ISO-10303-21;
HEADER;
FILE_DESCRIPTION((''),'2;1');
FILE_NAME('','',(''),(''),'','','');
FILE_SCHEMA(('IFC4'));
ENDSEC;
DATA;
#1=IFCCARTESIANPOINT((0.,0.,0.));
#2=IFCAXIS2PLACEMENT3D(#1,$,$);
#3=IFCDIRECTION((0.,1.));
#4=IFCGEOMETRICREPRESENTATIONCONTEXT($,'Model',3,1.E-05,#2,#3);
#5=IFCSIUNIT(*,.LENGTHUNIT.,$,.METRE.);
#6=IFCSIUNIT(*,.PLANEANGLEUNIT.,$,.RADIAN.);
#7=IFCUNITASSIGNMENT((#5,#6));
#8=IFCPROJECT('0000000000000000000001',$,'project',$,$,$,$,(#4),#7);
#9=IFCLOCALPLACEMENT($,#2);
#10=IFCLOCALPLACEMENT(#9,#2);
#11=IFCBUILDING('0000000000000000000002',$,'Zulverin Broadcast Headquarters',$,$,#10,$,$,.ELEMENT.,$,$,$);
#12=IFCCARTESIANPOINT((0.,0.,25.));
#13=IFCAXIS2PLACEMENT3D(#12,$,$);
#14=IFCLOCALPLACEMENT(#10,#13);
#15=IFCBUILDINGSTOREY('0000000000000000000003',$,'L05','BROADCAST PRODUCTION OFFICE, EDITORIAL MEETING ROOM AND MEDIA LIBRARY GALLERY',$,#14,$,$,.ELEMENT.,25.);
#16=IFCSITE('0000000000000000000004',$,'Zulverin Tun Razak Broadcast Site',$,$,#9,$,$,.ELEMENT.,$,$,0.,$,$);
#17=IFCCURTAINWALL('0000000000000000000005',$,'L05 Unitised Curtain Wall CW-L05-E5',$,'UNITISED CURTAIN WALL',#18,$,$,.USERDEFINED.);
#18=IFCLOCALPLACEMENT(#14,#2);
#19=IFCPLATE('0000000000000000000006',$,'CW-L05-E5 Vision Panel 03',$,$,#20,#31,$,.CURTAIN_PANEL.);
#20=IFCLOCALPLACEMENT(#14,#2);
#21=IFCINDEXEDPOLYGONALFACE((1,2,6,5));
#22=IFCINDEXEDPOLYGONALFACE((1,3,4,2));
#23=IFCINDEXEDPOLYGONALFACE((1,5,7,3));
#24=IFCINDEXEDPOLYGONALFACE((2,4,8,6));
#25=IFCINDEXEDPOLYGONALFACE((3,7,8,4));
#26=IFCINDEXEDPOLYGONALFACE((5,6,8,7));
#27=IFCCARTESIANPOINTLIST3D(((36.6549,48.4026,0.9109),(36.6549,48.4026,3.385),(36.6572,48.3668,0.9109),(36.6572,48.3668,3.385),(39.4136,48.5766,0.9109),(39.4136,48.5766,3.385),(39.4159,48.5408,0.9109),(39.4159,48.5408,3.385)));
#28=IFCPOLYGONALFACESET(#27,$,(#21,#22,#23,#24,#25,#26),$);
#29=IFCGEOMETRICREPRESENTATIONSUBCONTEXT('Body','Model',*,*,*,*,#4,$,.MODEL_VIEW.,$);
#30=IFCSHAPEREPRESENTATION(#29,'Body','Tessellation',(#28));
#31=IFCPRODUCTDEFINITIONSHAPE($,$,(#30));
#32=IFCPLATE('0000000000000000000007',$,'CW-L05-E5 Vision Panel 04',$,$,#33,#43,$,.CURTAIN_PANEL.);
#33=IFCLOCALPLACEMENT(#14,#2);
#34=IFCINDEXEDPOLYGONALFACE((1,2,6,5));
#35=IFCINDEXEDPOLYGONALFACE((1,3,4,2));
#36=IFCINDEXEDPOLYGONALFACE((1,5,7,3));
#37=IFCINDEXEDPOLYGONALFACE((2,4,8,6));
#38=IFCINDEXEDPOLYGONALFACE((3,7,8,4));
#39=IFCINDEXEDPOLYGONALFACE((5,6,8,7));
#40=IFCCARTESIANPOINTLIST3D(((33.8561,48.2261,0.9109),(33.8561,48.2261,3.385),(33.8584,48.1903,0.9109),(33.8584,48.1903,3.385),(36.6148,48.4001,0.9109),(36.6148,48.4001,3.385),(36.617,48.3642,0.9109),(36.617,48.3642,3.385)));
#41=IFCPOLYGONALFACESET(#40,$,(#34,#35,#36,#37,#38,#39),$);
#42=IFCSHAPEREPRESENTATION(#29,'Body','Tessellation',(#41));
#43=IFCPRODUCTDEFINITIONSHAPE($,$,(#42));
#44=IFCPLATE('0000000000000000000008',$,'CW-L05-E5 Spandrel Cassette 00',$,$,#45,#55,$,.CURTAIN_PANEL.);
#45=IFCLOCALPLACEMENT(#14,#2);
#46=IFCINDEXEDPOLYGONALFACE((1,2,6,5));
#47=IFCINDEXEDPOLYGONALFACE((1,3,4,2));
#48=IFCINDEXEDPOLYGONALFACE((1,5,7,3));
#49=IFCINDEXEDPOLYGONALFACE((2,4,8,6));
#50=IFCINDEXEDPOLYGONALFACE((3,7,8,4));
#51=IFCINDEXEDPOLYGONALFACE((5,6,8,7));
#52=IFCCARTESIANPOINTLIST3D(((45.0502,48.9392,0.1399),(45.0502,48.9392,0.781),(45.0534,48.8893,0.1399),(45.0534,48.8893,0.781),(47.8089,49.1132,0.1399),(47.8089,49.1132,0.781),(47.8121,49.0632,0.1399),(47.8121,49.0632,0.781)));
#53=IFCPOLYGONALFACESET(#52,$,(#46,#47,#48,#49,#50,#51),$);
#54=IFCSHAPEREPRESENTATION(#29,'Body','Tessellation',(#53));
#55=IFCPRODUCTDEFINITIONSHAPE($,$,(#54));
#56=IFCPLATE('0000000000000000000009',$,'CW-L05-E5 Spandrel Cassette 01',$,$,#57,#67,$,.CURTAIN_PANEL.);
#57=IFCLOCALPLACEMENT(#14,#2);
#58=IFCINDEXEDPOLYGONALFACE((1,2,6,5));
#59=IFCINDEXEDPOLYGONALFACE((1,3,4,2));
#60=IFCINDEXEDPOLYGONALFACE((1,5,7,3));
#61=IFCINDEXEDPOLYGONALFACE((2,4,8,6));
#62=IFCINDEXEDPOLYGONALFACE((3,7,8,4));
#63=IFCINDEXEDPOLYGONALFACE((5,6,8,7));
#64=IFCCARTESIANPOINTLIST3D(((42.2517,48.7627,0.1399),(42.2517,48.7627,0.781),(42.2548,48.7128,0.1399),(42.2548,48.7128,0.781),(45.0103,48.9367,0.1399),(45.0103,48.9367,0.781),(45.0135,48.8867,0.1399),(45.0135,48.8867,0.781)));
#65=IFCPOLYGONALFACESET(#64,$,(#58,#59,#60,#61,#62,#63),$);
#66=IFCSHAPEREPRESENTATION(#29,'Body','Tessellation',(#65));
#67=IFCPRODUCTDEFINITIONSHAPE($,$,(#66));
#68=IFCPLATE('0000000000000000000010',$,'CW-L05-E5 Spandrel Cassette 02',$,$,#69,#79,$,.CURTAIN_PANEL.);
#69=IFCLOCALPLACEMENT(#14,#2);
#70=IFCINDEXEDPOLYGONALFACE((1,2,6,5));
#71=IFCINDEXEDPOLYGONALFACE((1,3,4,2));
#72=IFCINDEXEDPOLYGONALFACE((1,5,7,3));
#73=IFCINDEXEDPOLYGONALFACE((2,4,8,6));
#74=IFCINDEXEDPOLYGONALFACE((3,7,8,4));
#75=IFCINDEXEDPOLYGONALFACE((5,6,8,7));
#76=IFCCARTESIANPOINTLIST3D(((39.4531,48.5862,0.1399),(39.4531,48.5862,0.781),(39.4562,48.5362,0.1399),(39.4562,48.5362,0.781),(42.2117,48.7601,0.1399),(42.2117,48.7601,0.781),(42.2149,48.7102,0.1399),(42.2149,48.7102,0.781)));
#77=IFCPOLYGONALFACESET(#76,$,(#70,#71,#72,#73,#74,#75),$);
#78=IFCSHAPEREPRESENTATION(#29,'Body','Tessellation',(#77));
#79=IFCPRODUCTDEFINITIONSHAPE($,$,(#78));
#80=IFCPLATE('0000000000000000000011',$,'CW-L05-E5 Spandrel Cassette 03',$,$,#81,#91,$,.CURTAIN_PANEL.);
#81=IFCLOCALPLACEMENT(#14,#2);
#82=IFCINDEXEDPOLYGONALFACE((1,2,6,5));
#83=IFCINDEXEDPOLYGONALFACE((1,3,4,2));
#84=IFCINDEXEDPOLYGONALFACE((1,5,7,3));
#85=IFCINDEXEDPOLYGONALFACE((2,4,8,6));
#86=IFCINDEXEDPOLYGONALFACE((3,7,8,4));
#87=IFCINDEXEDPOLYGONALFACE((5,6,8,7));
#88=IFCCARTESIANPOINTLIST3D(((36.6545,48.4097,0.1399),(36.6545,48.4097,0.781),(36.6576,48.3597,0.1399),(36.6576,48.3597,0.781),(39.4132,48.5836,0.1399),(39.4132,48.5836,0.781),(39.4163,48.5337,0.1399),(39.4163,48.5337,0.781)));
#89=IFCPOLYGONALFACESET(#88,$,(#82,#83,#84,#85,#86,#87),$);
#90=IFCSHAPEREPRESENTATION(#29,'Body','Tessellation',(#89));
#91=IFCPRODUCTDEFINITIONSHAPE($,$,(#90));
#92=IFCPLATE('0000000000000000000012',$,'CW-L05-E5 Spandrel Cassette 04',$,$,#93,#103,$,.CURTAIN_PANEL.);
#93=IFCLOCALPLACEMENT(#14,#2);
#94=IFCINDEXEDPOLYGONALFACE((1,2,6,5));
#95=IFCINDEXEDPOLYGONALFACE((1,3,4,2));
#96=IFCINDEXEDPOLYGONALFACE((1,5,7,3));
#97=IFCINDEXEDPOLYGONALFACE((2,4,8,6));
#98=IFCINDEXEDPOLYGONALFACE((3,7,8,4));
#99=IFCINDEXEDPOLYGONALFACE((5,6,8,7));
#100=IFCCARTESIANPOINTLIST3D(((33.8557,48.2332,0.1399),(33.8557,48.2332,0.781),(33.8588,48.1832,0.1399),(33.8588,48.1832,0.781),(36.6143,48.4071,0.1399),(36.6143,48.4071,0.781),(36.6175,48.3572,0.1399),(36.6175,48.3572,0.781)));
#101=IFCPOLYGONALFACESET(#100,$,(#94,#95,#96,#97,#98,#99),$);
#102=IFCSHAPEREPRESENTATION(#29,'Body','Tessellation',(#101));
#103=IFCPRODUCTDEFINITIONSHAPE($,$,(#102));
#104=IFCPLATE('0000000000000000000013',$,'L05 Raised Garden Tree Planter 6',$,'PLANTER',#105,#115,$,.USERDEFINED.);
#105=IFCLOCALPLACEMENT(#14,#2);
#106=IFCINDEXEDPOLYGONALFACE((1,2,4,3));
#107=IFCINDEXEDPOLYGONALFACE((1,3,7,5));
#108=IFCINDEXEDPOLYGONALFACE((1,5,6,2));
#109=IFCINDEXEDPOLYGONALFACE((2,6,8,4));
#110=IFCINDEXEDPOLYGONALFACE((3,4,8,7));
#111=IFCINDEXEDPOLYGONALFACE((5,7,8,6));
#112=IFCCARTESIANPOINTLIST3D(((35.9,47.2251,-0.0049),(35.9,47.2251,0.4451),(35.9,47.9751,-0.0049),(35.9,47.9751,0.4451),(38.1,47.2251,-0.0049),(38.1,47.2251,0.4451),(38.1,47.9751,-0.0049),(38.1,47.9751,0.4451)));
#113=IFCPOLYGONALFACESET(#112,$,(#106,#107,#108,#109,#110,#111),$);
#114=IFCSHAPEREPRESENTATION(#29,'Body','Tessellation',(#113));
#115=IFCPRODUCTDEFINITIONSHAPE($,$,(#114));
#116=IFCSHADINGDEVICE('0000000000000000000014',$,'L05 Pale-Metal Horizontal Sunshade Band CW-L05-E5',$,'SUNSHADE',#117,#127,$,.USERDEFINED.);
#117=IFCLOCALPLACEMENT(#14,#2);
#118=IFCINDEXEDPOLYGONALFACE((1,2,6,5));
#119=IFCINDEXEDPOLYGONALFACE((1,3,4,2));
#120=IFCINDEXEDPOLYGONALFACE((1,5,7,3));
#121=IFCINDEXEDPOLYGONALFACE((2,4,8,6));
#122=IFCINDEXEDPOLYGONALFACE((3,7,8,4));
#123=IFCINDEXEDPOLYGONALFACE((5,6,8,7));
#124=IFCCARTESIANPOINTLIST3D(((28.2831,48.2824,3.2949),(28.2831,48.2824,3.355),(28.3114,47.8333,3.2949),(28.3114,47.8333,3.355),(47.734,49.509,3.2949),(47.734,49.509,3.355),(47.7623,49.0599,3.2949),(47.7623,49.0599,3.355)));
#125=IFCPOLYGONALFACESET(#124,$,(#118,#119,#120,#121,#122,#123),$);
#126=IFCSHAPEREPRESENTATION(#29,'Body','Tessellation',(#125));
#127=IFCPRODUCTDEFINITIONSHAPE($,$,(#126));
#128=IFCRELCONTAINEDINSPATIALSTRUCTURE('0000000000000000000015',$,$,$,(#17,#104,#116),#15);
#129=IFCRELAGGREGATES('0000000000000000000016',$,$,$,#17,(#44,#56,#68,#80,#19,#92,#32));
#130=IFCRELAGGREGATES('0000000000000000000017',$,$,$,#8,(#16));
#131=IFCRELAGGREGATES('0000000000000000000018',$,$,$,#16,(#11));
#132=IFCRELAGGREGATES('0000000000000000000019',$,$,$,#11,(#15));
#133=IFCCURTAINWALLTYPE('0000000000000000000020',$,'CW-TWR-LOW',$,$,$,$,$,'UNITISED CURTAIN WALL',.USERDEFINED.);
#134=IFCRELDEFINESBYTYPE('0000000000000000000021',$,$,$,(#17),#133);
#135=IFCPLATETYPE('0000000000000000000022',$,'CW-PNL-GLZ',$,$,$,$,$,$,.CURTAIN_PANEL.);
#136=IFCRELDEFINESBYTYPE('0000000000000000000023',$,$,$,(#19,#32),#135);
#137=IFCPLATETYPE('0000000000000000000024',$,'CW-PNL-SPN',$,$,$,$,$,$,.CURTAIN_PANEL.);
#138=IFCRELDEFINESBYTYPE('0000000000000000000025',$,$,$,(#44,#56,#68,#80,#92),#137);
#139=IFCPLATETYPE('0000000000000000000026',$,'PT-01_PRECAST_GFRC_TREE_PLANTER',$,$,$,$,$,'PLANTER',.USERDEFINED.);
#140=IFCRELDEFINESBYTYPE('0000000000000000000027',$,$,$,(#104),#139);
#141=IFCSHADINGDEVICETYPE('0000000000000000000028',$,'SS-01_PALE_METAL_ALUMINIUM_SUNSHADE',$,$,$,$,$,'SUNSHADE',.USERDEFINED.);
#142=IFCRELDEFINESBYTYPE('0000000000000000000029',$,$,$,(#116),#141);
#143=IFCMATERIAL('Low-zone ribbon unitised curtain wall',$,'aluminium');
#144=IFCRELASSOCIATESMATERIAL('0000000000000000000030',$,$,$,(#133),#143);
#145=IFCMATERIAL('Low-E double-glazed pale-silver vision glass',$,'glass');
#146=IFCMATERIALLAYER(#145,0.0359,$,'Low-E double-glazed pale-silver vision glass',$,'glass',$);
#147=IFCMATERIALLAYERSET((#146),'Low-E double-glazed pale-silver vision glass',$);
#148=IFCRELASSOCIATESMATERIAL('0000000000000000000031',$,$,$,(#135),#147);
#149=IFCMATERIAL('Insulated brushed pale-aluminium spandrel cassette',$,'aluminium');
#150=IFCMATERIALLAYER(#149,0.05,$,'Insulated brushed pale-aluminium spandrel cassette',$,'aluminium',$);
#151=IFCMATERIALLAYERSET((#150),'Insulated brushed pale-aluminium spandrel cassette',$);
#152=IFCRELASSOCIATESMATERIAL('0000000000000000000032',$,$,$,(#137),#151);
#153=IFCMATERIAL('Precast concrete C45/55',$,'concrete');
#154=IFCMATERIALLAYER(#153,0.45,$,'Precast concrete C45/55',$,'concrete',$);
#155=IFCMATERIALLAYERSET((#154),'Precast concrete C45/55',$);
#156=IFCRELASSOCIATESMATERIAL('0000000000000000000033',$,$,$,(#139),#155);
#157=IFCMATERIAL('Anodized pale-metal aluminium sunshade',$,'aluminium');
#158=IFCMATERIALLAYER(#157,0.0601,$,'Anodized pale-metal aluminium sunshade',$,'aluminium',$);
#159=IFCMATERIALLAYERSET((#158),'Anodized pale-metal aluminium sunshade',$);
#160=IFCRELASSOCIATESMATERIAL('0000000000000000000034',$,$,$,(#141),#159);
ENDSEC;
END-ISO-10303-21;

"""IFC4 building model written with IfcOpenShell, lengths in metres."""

from ifc_helpers import new_model, si_unit, direction, frame, origin, origin_2d, place, context, subcontext, project, spatial, rectangle, extrude, material, layer, layer_set, type_object, element, aggregate, save


model = new_model("IFC4")

# Units and contexts
model_context = context("Model", 3, precision=1e-05, world=origin(), true_north=direction((0.0, 1.0)))
body_context = subcontext(model_context, "Body", "Model", "MODEL_VIEW")
ifc_project = project(units=[si_unit("LENGTHUNIT", "METRE"), si_unit("PLANEANGLEUNIT", "RADIAN")], contexts=[model_context])

# Site, building, storey
site_placement = place(None, origin())
site = spatial("IfcSite", under=ifc_project, at=site_placement, Name="Zulverin Tun Razak Broadcast Site", CompositionType="ELEMENT", RefElevation=0.0)
building_placement = place(site_placement, origin())
building = spatial("IfcBuilding", under=site, at=building_placement, Name="Zulverin Broadcast Headquarters", CompositionType="ELEMENT")
storey_placement = place(building_placement, frame((0.0, 0.0, 25.0)))
storey = spatial("IfcBuildingStorey", under=building, at=storey_placement, Name="L05", Description="BROADCAST PRODUCTION OFFICE, EDITORIAL MEETING ROOM AND MEDIA LIBRARY GALLERY", CompositionType="ELEMENT", Elevation=25.0)

# Curtain wall, plates
ifc_material_1 = material(Name="Low-zone ribbon unitised curtain wall", Category="aluminium")
curtain_wall_type = type_object("IfcCurtainWallType", Name="CW-TWR-LOW", ElementType="UNITISED CURTAIN WALL", PredefinedType="USERDEFINED", material=ifc_material_1)
curtain_wall_placement = place(storey_placement, origin())
curtain_wall = element("IfcCurtainWall", 1, at=curtain_wall_placement, inside=storey, type_object=curtain_wall_type, Name="L05 Unitised Curtain Wall CW-L05-E5", ObjectType="UNITISED CURTAIN WALL", PredefinedType="USERDEFINED")
ifc_material_2 = material(Name="Low-E double-glazed pale-silver vision glass", Category="glass")
ifc_layer_1 = layer(ifc_material_2, 0.0359, Name="Low-E double-glazed pale-silver vision glass", Category="glass")
ifc_layer_set_1 = layer_set([ifc_layer_1], Name="Low-E double-glazed pale-silver vision glass")
plate_type_1 = type_object("IfcPlateType", Name="CW-PNL-GLZ", PredefinedType="CURTAIN_PANEL", material=ifc_layer_set_1)
plate_1_placement = place(storey_placement, frame((38.0354, 48.4717, 0.9109), z_axis=(0.0, 0.0, 1.0), x_axis=(-0.998018, -0.062935, 0.0)))
plate_1 = element("IfcPlate", 2, at=plate_1_placement, type_object=plate_type_1, Name="CW-L05-E5 Vision Panel 03", PredefinedType="CURTAIN_PANEL", context=body_context, shape_type="SweptSolid", body=[
    extrude(rectangle(XDim=2.7642, YDim=0.0359, at=origin_2d()), origin(), (0.0, 0.0, 1.0), 2.4741),
])
plate_2_placement = place(storey_placement, frame((35.2366, 48.2952, 0.9109), z_axis=(0.0, 0.0, 1.0), x_axis=(-0.998018, -0.062935, 0.0)))
plate_2 = element("IfcPlate", 3, at=plate_2_placement, type_object=plate_type_1, Name="CW-L05-E5 Vision Panel 04", PredefinedType="CURTAIN_PANEL", context=body_context, shape_type="SweptSolid", body=[
    extrude(rectangle(XDim=2.7642, YDim=0.0359, at=origin_2d()), origin(), (0.0, 0.0, 1.0), 2.4741),
])
ifc_material_3 = material(Name="Insulated brushed pale-aluminium spandrel cassette", Category="aluminium")
ifc_layer_2 = layer(ifc_material_3, 0.05, Name="Insulated brushed pale-aluminium spandrel cassette", Category="aluminium")
ifc_layer_set_2 = layer_set([ifc_layer_2], Name="Insulated brushed pale-aluminium spandrel cassette")
plate_type_2 = type_object("IfcPlateType", Name="CW-PNL-SPN", PredefinedType="CURTAIN_PANEL", material=ifc_layer_set_2)
plate_3_placement = place(storey_placement, frame((46.4312, 49.0012, 0.1399), z_axis=(0.0, 0.0, 1.0), x_axis=(-0.998018, -0.062935, 0.0)))
plate_3 = element("IfcPlate", 4, at=plate_3_placement, type_object=plate_type_2, Name="CW-L05-E5 Spandrel Cassette 00", PredefinedType="CURTAIN_PANEL", context=body_context, shape_type="SweptSolid", body=[
    extrude(rectangle(XDim=2.7642, YDim=0.05, at=origin_2d()), origin(), (0.0, 0.0, 1.0), 0.6411),
])
plate_4_placement = place(storey_placement, frame((43.6326, 48.8247, 0.1399), z_axis=(0.0, 0.0, 1.0), x_axis=(-0.998018, -0.062935, 0.0)))
plate_4 = element("IfcPlate", 5, at=plate_4_placement, type_object=plate_type_2, Name="CW-L05-E5 Spandrel Cassette 01", PredefinedType="CURTAIN_PANEL", context=body_context, shape_type="SweptSolid", body=[
    extrude(rectangle(XDim=2.7642, YDim=0.05, at=origin_2d()), origin(), (0.0, 0.0, 1.0), 0.6411),
])
plate_5_placement = place(storey_placement, frame((40.834, 48.6482, 0.1399), z_axis=(0.0, 0.0, 1.0), x_axis=(-0.998018, -0.062935, 0.0)))
plate_5 = element("IfcPlate", 6, at=plate_5_placement, type_object=plate_type_2, Name="CW-L05-E5 Spandrel Cassette 02", PredefinedType="CURTAIN_PANEL", context=body_context, shape_type="SweptSolid", body=[
    extrude(rectangle(XDim=2.7642, YDim=0.05, at=origin_2d()), origin(), (0.0, 0.0, 1.0), 0.6411),
])
plate_6_placement = place(storey_placement, frame((38.0354, 48.4717, 0.1399), z_axis=(0.0, 0.0, 1.0), x_axis=(-0.998018, -0.062935, 0.0)))
plate_6 = element("IfcPlate", 7, at=plate_6_placement, type_object=plate_type_2, Name="CW-L05-E5 Spandrel Cassette 03", PredefinedType="CURTAIN_PANEL", context=body_context, shape_type="SweptSolid", body=[
    extrude(rectangle(XDim=2.7642, YDim=0.05, at=origin_2d()), origin(), (0.0, 0.0, 1.0), 0.6411),
])
plate_7_placement = place(storey_placement, frame((35.2366, 48.2952, 0.1399), z_axis=(0.0, 0.0, 1.0), x_axis=(-0.998018, -0.062935, 0.0)))
plate_7 = element("IfcPlate", 8, at=plate_7_placement, type_object=plate_type_2, Name="CW-L05-E5 Spandrel Cassette 04", PredefinedType="CURTAIN_PANEL", context=body_context, shape_type="SweptSolid", body=[
    extrude(rectangle(XDim=2.7642, YDim=0.05, at=origin_2d()), origin(), (0.0, 0.0, 1.0), 0.6411),
])
aggregate(curtain_wall, [plate_3, plate_4, plate_5, plate_6, plate_1, plate_7, plate_2])

# Plate
ifc_material_4 = material(Name="Precast concrete C45/55", Category="concrete")
ifc_layer_3 = layer(ifc_material_4, 0.45, Name="Precast concrete C45/55", Category="concrete")
ifc_layer_set_3 = layer_set([ifc_layer_3], Name="Precast concrete C45/55")
plate_type_3 = type_object("IfcPlateType", Name="PT-01_PRECAST_GFRC_TREE_PLANTER", ElementType="PLANTER", PredefinedType="USERDEFINED", material=ifc_layer_set_3)
plate_8_placement = place(storey_placement, frame((37.0, 47.6001, -0.0049), z_axis=(0.0, 0.0, 1.0), x_axis=(1.0, 0.0, 0.0)))
element("IfcPlate", 9, at=plate_8_placement, inside=storey, type_object=plate_type_3, Name="L05 Raised Garden Tree Planter 6", ObjectType="PLANTER", PredefinedType="USERDEFINED", context=body_context, shape_type="SweptSolid", body=[
    extrude(rectangle(XDim=2.2, YDim=0.75, at=origin_2d()), origin(), (0.0, 0.0, 1.0), 0.45),
])

# Shading device
ifc_material_5 = material(Name="Anodized pale-metal aluminium sunshade", Category="aluminium")
ifc_layer_4 = layer(ifc_material_5, 0.0601, Name="Anodized pale-metal aluminium sunshade", Category="aluminium")
ifc_layer_set_4 = layer_set([ifc_layer_4], Name="Anodized pale-metal aluminium sunshade")
shading_device_type = type_object("IfcShadingDeviceType", Name="SS-01_PALE_METAL_ALUMINIUM_SUNSHADE", ElementType="SUNSHADE", PredefinedType="USERDEFINED", material=ifc_layer_set_4)
shading_device_placement = place(storey_placement, frame((38.0227, 48.6711, 3.2949), z_axis=(0.0, 0.0, 1.0), x_axis=(-0.998018, -0.062935, 0.0)))
element("IfcShadingDevice", 10, at=shading_device_placement, inside=storey, type_object=shading_device_type, Name="L05 Pale-Metal Horizontal Sunshade Band CW-L05-E5", ObjectType="SUNSHADE", PredefinedType="USERDEFINED", context=body_context, shape_type="SweptSolid", body=[
    extrude(rectangle(XDim=19.4895, YDim=0.45, at=origin_2d()), origin(), (0.0, 0.0, 1.0), 0.0601),
])

save(model, "model.ifc")
